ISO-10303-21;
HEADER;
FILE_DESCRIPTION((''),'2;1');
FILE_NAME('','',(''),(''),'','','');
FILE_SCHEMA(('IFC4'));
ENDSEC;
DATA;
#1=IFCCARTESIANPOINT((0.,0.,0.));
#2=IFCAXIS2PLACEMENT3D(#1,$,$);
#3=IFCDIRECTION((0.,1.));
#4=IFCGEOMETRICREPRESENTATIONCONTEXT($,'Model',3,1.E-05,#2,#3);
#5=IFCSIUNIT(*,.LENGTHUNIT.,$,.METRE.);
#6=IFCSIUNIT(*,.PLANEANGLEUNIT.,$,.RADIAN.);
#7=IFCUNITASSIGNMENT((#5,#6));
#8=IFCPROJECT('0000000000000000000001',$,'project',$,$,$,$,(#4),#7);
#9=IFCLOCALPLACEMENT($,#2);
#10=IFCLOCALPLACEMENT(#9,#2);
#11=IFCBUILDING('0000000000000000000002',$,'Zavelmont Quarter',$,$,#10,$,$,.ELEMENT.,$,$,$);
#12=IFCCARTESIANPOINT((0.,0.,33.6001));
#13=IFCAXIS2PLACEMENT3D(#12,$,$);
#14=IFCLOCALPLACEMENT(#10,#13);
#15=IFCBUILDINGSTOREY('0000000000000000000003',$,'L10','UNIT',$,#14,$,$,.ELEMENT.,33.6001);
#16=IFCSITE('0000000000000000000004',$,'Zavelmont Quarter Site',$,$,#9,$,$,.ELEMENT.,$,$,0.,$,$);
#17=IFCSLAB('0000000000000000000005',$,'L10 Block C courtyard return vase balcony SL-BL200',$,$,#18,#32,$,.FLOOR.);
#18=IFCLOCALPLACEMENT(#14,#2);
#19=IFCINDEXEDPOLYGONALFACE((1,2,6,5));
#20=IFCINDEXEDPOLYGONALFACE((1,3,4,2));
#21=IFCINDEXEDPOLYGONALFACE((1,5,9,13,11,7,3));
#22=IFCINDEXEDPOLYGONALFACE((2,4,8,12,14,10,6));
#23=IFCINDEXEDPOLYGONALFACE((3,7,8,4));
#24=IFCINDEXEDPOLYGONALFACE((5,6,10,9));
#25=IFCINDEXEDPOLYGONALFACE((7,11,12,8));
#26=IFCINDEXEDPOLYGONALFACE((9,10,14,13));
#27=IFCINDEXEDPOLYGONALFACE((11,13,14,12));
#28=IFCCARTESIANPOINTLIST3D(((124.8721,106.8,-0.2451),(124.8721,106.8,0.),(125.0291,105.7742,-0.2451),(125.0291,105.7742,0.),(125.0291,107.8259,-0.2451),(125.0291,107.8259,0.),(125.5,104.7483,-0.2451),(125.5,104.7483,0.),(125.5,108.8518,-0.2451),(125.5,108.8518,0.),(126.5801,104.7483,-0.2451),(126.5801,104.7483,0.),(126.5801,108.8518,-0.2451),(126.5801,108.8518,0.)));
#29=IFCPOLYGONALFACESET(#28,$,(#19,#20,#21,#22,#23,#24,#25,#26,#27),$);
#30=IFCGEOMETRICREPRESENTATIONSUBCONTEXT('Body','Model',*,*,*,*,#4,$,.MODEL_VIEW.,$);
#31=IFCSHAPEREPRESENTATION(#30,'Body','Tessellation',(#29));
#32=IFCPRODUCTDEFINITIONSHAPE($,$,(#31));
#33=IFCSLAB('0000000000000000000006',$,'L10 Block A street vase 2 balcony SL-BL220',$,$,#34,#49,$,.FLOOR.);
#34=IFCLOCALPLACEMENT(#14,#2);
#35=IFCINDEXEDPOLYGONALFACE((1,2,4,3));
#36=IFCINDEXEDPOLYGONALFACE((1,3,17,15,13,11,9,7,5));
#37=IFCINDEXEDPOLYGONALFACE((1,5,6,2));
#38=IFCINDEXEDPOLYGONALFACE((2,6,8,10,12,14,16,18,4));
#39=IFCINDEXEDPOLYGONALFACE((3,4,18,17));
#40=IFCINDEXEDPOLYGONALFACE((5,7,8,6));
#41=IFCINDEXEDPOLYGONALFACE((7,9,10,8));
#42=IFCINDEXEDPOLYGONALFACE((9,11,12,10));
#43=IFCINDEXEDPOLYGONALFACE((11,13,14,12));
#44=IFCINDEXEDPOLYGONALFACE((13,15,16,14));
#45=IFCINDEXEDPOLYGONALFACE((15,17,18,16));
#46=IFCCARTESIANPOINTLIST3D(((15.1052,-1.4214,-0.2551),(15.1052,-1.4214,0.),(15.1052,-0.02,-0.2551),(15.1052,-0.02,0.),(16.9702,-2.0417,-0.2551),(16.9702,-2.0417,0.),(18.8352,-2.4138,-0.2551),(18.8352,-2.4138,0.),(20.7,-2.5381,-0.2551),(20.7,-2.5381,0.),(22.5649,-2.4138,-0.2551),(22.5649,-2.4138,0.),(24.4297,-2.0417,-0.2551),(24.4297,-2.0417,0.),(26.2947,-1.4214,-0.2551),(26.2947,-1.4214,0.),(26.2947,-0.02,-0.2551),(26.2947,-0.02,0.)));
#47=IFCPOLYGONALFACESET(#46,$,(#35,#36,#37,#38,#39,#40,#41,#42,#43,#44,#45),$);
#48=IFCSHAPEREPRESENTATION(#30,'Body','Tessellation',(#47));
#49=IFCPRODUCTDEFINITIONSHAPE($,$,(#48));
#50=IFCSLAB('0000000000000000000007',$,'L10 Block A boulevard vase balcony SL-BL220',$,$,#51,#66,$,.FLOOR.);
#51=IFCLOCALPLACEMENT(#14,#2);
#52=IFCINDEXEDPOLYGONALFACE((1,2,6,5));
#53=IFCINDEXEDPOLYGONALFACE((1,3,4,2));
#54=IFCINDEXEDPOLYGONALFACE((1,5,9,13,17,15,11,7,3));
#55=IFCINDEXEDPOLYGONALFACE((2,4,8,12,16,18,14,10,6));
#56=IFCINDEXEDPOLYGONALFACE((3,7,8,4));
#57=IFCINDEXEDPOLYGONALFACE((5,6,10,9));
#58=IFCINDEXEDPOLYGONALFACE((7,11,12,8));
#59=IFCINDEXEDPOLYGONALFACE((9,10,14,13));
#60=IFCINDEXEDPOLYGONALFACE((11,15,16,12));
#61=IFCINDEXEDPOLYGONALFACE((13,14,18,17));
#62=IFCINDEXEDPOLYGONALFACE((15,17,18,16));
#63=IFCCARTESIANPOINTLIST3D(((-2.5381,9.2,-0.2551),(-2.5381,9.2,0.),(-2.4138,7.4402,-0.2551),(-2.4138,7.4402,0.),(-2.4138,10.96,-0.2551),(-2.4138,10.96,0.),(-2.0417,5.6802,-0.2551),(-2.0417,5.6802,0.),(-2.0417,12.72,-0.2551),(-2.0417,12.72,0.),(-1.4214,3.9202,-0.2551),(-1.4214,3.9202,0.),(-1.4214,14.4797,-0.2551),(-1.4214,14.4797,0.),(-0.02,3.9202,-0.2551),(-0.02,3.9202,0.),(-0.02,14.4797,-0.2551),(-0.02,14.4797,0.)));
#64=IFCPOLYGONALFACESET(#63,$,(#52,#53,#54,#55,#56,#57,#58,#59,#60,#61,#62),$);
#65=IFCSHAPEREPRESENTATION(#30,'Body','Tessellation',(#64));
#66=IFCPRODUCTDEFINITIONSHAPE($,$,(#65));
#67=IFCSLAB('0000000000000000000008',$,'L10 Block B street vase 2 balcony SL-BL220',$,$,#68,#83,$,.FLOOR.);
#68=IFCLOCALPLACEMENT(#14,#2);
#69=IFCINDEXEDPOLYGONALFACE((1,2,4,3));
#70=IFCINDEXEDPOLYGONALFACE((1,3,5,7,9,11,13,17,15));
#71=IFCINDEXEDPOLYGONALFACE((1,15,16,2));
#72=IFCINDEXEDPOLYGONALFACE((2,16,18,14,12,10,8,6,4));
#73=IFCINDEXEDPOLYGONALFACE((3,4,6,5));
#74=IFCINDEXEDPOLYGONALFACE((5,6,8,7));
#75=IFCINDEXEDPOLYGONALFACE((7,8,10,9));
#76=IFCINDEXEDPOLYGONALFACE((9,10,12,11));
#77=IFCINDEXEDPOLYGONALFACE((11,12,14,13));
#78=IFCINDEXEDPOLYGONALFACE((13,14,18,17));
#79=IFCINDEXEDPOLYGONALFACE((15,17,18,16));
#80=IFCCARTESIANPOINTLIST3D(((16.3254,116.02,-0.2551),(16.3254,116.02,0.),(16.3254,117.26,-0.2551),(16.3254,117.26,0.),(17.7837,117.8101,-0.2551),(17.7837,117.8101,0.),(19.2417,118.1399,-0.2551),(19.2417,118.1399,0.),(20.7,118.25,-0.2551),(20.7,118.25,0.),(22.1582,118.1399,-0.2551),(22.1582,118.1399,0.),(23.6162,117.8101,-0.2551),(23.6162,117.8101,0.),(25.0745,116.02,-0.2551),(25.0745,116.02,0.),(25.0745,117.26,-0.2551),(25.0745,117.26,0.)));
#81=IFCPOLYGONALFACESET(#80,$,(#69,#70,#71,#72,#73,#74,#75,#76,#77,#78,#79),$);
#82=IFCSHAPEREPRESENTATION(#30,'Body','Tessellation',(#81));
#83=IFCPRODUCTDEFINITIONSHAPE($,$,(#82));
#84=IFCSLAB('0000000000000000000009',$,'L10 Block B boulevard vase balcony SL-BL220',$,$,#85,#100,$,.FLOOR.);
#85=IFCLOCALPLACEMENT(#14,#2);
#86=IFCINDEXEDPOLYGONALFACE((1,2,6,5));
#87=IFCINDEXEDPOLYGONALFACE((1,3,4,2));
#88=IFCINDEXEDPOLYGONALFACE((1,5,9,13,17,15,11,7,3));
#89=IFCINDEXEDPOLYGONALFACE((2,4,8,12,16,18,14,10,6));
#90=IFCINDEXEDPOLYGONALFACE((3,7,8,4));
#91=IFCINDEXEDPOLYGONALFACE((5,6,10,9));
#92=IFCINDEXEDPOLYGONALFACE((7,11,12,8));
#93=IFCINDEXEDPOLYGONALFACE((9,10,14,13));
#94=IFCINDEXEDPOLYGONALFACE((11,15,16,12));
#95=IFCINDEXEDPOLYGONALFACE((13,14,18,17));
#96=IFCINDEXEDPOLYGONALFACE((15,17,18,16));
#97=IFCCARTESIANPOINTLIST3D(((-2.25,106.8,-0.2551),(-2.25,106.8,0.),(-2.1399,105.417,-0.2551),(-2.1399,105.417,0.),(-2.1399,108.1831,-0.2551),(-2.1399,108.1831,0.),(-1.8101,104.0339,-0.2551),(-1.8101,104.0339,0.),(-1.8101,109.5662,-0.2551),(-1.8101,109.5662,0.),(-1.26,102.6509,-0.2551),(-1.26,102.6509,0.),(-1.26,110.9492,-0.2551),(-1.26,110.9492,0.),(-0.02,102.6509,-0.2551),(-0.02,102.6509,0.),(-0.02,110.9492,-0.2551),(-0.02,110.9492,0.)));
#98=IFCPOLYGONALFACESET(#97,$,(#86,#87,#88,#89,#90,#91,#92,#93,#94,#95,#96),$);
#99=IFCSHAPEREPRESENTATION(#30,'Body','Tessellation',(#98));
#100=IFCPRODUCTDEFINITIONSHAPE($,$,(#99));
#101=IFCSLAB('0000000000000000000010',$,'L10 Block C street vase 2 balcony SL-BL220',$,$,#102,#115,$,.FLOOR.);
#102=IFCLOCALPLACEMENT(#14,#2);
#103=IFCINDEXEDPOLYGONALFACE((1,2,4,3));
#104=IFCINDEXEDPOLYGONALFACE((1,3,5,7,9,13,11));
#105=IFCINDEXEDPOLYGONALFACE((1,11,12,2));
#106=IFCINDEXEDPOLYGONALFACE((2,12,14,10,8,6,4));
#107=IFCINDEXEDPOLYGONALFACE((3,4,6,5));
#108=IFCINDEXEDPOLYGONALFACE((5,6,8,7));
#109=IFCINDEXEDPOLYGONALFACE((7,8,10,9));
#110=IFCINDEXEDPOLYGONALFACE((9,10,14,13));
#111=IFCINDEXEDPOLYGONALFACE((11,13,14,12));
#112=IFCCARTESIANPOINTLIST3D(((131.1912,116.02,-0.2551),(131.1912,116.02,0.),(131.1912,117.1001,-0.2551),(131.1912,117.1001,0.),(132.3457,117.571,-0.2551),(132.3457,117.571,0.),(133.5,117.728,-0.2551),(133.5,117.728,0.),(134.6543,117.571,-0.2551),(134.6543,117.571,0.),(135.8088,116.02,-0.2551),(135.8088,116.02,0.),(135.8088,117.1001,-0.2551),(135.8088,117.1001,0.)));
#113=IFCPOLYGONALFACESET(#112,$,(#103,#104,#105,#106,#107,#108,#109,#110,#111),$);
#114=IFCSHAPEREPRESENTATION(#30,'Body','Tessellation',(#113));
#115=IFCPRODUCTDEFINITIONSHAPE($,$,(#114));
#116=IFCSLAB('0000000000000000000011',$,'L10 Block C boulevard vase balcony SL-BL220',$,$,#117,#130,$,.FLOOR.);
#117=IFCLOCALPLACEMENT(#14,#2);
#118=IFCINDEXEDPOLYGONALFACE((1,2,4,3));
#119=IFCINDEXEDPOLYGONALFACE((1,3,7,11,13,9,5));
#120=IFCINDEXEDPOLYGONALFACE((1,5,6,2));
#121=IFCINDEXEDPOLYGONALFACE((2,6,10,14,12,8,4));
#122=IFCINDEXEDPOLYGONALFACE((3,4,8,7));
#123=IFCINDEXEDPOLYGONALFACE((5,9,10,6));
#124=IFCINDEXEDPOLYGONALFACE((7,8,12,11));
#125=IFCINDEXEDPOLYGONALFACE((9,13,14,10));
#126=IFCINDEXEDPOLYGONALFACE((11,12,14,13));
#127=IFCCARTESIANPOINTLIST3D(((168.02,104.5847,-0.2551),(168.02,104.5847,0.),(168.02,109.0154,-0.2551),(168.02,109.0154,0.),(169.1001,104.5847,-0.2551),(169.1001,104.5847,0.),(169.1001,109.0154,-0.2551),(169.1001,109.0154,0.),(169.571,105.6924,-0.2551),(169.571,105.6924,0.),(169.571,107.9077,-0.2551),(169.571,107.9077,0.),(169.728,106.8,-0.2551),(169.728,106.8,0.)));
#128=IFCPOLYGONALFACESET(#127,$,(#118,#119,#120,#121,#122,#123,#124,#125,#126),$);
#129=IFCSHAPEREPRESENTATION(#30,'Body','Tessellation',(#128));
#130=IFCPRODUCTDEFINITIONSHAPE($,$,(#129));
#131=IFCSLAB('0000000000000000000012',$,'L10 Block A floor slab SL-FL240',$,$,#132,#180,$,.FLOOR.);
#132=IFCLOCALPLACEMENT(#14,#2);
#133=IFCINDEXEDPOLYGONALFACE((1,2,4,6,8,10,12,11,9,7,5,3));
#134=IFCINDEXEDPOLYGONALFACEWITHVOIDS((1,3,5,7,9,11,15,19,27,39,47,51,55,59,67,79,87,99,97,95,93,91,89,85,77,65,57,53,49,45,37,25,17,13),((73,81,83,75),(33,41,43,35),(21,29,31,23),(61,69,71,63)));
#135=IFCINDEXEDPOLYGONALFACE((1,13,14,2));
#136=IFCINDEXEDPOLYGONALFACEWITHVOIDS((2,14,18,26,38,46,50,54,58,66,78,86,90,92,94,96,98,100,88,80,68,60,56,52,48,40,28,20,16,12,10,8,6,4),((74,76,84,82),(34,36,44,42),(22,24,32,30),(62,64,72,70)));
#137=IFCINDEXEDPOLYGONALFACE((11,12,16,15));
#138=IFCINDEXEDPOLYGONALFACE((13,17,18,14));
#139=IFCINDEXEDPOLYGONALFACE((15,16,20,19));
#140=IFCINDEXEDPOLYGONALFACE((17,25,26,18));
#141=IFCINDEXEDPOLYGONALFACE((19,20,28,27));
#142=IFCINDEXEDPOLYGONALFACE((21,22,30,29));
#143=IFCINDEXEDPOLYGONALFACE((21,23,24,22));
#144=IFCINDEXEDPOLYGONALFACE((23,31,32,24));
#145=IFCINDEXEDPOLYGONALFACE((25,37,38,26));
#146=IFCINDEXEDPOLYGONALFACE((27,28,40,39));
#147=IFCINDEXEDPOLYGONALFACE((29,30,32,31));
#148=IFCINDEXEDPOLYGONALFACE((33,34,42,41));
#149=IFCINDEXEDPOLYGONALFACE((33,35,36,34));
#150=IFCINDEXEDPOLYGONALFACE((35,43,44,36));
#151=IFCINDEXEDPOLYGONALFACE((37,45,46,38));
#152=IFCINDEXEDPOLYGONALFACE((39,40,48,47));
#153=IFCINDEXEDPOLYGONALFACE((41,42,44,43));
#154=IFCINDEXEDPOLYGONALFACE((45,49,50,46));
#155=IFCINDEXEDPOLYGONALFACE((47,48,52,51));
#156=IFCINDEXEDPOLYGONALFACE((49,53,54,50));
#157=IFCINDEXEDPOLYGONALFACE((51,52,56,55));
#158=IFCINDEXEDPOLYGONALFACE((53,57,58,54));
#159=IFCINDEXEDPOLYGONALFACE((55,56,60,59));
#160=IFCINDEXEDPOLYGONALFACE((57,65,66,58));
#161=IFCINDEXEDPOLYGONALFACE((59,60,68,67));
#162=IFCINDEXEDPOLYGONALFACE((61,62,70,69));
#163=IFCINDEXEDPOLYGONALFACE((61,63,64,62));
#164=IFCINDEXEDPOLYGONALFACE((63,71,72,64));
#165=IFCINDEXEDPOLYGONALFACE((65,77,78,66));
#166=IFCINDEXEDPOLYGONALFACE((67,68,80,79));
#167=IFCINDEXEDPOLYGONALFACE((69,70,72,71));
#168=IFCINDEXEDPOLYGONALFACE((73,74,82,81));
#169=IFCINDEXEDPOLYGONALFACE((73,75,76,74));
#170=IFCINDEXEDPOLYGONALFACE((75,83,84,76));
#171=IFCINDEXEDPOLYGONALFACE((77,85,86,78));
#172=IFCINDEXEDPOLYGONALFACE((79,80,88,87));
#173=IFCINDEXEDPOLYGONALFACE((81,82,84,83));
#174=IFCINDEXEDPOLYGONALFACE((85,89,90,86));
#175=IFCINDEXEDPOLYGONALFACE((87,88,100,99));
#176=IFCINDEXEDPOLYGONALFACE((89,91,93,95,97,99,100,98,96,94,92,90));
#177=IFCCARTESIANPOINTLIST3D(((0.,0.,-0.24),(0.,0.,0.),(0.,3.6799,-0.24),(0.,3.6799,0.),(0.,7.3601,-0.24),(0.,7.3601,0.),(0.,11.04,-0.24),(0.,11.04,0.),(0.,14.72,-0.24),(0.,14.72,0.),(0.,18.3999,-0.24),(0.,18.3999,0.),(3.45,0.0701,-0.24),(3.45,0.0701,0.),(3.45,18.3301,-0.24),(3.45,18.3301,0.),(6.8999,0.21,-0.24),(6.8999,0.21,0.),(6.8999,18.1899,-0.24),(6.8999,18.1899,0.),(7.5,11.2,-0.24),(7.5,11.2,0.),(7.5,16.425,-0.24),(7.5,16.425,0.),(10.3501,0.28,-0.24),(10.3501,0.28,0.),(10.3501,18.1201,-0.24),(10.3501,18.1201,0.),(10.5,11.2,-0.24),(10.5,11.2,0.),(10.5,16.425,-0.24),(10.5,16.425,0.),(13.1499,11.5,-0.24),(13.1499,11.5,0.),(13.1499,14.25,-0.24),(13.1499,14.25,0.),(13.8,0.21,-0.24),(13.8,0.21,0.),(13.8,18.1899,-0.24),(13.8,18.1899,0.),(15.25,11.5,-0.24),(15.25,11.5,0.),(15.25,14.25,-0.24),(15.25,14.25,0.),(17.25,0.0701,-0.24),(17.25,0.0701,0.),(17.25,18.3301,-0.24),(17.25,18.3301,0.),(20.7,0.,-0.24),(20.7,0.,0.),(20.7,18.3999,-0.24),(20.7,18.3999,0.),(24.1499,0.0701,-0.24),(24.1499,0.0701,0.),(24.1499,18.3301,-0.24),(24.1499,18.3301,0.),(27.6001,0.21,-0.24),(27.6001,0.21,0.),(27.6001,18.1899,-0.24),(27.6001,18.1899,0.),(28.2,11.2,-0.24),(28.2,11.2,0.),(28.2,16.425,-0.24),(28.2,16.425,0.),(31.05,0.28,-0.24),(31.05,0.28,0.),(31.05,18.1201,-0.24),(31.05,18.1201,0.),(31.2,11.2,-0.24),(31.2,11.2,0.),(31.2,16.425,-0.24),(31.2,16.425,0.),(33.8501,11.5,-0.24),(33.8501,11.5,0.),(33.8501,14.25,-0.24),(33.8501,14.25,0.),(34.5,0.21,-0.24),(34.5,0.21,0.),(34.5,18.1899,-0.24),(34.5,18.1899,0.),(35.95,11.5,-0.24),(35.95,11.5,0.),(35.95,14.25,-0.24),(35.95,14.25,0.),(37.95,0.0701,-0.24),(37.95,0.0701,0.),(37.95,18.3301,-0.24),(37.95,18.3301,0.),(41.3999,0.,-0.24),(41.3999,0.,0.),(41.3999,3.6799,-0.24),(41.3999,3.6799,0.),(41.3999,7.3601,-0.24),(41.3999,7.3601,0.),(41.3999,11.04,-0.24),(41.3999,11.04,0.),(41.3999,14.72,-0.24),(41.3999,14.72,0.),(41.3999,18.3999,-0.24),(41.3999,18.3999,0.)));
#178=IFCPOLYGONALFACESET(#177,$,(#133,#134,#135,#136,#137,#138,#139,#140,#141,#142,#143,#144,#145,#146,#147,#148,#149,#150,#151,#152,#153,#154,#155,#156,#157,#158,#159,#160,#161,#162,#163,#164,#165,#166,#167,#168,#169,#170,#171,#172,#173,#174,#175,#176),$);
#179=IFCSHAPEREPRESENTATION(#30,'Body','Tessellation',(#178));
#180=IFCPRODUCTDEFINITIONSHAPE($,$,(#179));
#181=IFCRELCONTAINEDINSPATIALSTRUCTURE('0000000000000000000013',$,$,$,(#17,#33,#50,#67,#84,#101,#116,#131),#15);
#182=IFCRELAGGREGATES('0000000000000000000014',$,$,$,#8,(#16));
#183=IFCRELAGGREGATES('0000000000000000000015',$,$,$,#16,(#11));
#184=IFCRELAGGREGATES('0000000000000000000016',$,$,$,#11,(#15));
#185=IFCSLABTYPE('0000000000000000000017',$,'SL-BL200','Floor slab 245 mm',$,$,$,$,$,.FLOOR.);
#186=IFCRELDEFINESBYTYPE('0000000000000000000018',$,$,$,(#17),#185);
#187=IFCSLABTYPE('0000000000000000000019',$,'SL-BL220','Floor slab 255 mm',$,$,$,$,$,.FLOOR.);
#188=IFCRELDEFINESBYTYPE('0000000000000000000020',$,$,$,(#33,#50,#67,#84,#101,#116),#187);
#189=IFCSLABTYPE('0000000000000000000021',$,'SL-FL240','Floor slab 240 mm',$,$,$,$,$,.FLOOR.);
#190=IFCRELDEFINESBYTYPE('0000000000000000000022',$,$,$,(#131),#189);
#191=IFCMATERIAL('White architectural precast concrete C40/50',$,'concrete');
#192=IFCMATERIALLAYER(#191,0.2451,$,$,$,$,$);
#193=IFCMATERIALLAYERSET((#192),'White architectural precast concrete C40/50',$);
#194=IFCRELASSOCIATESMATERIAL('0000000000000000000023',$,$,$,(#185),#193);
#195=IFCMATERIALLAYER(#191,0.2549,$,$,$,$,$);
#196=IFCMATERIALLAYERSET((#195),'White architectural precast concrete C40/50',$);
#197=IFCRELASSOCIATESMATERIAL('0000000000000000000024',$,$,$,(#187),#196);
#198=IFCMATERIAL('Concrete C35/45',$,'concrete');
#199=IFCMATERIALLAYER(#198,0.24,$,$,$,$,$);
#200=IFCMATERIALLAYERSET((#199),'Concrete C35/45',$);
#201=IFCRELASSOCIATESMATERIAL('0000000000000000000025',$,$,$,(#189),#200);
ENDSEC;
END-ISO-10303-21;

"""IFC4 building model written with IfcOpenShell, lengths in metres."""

from ifc_helpers import new_model, si_unit, direction, frame, origin, place, context, subcontext, project, spatial, polyline, outline, extrude, material, layer, layer_set, type_object, element, save


model = new_model("IFC4")

# Units and contexts
model_context = context("Model", 3, precision=1e-05, world=origin(), true_north=direction((0.0, 1.0)))
body_context = subcontext(model_context, "Body", "Model", "MODEL_VIEW")
ifc_project = project(units=[si_unit("LENGTHUNIT", "METRE"), si_unit("PLANEANGLEUNIT", "RADIAN")], contexts=[model_context])

# Site, building, storey
site_placement = place(None, origin())
site = spatial("IfcSite", under=ifc_project, at=site_placement, Name="Zavelmont Quarter Site", CompositionType="ELEMENT", RefElevation=0.0)
building_placement = place(site_placement, origin())
building = spatial("IfcBuilding", under=site, at=building_placement, Name="Zavelmont Quarter", CompositionType="ELEMENT")
storey_placement = place(building_placement, frame((0.0, 0.0, 33.6001)))
storey = spatial("IfcBuildingStorey", under=building, at=storey_placement, Name="L10", Description="UNIT", CompositionType="ELEMENT", Elevation=33.6001)

# Slabs
ifc_material_1 = material(Name="White architectural precast concrete C40/50", Category="concrete")
ifc_layer_1 = layer(ifc_material_1, 0.2451)
ifc_layer_set_1 = layer_set([ifc_layer_1], Name="White architectural precast concrete C40/50")
slab_type_1 = type_object("IfcSlabType", Name="SL-BL200", Description="Floor slab 245 mm", PredefinedType="FLOOR", material=ifc_layer_set_1)
slab_1_placement = place(storey_placement, frame((0.0, 0.0, -0.2451)))
element("IfcSlab", 1, at=slab_1_placement, inside=storey, type_object=slab_type_1, Name="L10 Block C courtyard return vase balcony SL-BL200", PredefinedType="FLOOR", context=body_context, shape_type="SweptSolid", body=[
    extrude(outline(polyline([(126.5801, 108.8518), (125.5, 108.8518), (125.0291, 107.8259), (124.8721, 106.8), (125.0291, 105.7742), (125.5, 104.7483), (126.5801, 104.7483), (126.5801, 108.8518)])), origin(), (0.0, 0.0, 1.0), 0.2451),
])
ifc_layer_2 = layer(ifc_material_1, 0.2549)
ifc_layer_set_2 = layer_set([ifc_layer_2], Name="White architectural precast concrete C40/50")
slab_type_2 = type_object("IfcSlabType", Name="SL-BL220", Description="Floor slab 255 mm", PredefinedType="FLOOR", material=ifc_layer_set_2)
slab_2_placement = place(storey_placement, frame((0.0, 0.0, -0.2551)))
element("IfcSlab", 2, at=slab_2_placement, inside=storey, type_object=slab_type_2, Name="L10 Block A street vase 2 balcony SL-BL220", PredefinedType="FLOOR", context=body_context, shape_type="SweptSolid", body=[
    extrude(outline(polyline([(15.1052, -0.02), (15.1052, -1.4214), (16.9702, -2.0417), (18.8352, -2.4138), (20.7, -2.5381), (22.5649, -2.4138), (24.4297, -2.0417), (26.2947, -1.4214), (26.2947, -0.02), (15.1052, -0.02)])), origin(), (0.0, 0.0, 1.0), 0.2551),
])
slab_3_placement = place(storey_placement, frame((0.0, 0.0, -0.2551)))
element("IfcSlab", 3, at=slab_3_placement, inside=storey, type_object=slab_type_2, Name="L10 Block A boulevard vase balcony SL-BL220", PredefinedType="FLOOR", context=body_context, shape_type="SweptSolid", body=[
    extrude(outline(polyline([(-0.02, 14.4797), (-1.4214, 14.4797), (-2.0417, 12.72), (-2.4138, 10.96), (-2.5381, 9.2), (-2.4138, 7.4402), (-2.0417, 5.6802), (-1.4214, 3.9202), (-0.02, 3.9202), (-0.02, 14.4797)])), origin(), (0.0, 0.0, 1.0), 0.2551),
])
slab_4_placement = place(storey_placement, frame((0.0, 0.0, -0.2551)))
element("IfcSlab", 4, at=slab_4_placement, inside=storey, type_object=slab_type_2, Name="L10 Block B street vase 2 balcony SL-BL220", PredefinedType="FLOOR", context=body_context, shape_type="SweptSolid", body=[
    extrude(outline(polyline([(25.0745, 116.02), (25.0745, 117.26), (23.6162, 117.8101), (22.1582, 118.1399), (20.7, 118.25), (19.2417, 118.1399), (17.7837, 117.8101), (16.3254, 117.26), (16.3254, 116.02), (25.0745, 116.02)])), origin(), (0.0, 0.0, 1.0), 0.2551),
])
slab_5_placement = place(storey_placement, frame((0.0, 0.0, -0.2551)))
element("IfcSlab", 5, at=slab_5_placement, inside=storey, type_object=slab_type_2, Name="L10 Block B boulevard vase balcony SL-BL220", PredefinedType="FLOOR", context=body_context, shape_type="SweptSolid", body=[
    extrude(outline(polyline([(-0.02, 110.9492), (-1.26, 110.9492), (-1.8101, 109.5662), (-2.1399, 108.1831), (-2.25, 106.8), (-2.1399, 105.417), (-1.8101, 104.0339), (-1.26, 102.6509), (-0.02, 102.6509), (-0.02, 110.9492)])), origin(), (0.0, 0.0, 1.0), 0.2551),
])
slab_6_placement = place(storey_placement, frame((0.0, 0.0, -0.2551)))
element("IfcSlab", 6, at=slab_6_placement, inside=storey, type_object=slab_type_2, Name="L10 Block C street vase 2 balcony SL-BL220", PredefinedType="FLOOR", context=body_context, shape_type="SweptSolid", body=[
    extrude(outline(polyline([(135.8088, 116.02), (135.8088, 117.1001), (134.6543, 117.571), (133.5, 117.728), (132.3457, 117.571), (131.1912, 117.1001), (131.1912, 116.02), (135.8088, 116.02)])), origin(), (0.0, 0.0, 1.0), 0.2551),
])
slab_7_placement = place(storey_placement, frame((0.0, 0.0, -0.2551)))
element("IfcSlab", 7, at=slab_7_placement, inside=storey, type_object=slab_type_2, Name="L10 Block C boulevard vase balcony SL-BL220", PredefinedType="FLOOR", context=body_context, shape_type="SweptSolid", body=[
    extrude(outline(polyline([(168.02, 104.5847), (169.1001, 104.5847), (169.571, 105.6924), (169.728, 106.8), (169.571, 107.9077), (169.1001, 109.0154), (168.02, 109.0154), (168.02, 104.5847)])), origin(), (0.0, 0.0, 1.0), 0.2551),
])
ifc_material_2 = material(Name="Concrete C35/45", Category="concrete")
ifc_layer_3 = layer(ifc_material_2, 0.24)
ifc_layer_set_3 = layer_set([ifc_layer_3], Name="Concrete C35/45")
slab_type_3 = type_object("IfcSlabType", Name="SL-FL240", Description="Floor slab 240 mm", PredefinedType="FLOOR", material=ifc_layer_set_3)
slab_8_placement = place(storey_placement, frame((0.0, 0.0, -0.24)))
element("IfcSlab", 8, at=slab_8_placement, inside=storey, type_object=slab_type_3, Name="L10 Block A floor slab SL-FL240", PredefinedType="FLOOR", context=body_context, shape_type="SweptSolid", body=[
    extrude(outline(polyline([(0.0, 0.0), (3.45, 0.0701), (6.8999, 0.21), (10.3501, 0.28), (13.8, 0.21), (17.25, 0.0701), (20.7, 0.0), (24.1499, 0.0701), (27.6001, 0.21), (31.05, 0.28), (34.5, 0.21), (37.95, 0.0701), (41.3999, 0.0), (41.3999, 3.6799), (41.3999, 7.3601), (41.3999, 11.04), (41.3999, 14.72), (41.3999, 18.3999), (37.95, 18.3301), (34.5, 18.1899), (31.05, 18.1201), (27.6001, 18.1899), (24.1499, 18.3301), (20.7, 18.3999), (17.25, 18.3301), (13.8, 18.1899), (10.3501, 18.1201), (6.8999, 18.1899), (3.45, 18.3301), (0.0, 18.3999), (0.0, 14.72), (0.0, 11.04), (0.0, 7.3601), (0.0, 3.6799), (0.0, 0.0)]), holes=[polyline([(7.5, 16.425), (7.5, 11.2), (10.5, 11.2), (10.5, 16.425), (7.5, 16.425)]), polyline([(13.1499, 11.5), (15.25, 11.5), (15.25, 14.25), (13.1499, 14.25), (13.1499, 11.5)]), polyline([(28.2, 16.425), (28.2, 11.2), (31.2, 11.2), (31.2, 16.425), (28.2, 16.425)]), polyline([(33.8501, 11.5), (35.95, 11.5), (35.95, 14.25), (33.8501, 14.25), (33.8501, 11.5)])]), origin(), (0.0, 0.0, 1.0), 0.24),
])

save(model, "model.ifc")
